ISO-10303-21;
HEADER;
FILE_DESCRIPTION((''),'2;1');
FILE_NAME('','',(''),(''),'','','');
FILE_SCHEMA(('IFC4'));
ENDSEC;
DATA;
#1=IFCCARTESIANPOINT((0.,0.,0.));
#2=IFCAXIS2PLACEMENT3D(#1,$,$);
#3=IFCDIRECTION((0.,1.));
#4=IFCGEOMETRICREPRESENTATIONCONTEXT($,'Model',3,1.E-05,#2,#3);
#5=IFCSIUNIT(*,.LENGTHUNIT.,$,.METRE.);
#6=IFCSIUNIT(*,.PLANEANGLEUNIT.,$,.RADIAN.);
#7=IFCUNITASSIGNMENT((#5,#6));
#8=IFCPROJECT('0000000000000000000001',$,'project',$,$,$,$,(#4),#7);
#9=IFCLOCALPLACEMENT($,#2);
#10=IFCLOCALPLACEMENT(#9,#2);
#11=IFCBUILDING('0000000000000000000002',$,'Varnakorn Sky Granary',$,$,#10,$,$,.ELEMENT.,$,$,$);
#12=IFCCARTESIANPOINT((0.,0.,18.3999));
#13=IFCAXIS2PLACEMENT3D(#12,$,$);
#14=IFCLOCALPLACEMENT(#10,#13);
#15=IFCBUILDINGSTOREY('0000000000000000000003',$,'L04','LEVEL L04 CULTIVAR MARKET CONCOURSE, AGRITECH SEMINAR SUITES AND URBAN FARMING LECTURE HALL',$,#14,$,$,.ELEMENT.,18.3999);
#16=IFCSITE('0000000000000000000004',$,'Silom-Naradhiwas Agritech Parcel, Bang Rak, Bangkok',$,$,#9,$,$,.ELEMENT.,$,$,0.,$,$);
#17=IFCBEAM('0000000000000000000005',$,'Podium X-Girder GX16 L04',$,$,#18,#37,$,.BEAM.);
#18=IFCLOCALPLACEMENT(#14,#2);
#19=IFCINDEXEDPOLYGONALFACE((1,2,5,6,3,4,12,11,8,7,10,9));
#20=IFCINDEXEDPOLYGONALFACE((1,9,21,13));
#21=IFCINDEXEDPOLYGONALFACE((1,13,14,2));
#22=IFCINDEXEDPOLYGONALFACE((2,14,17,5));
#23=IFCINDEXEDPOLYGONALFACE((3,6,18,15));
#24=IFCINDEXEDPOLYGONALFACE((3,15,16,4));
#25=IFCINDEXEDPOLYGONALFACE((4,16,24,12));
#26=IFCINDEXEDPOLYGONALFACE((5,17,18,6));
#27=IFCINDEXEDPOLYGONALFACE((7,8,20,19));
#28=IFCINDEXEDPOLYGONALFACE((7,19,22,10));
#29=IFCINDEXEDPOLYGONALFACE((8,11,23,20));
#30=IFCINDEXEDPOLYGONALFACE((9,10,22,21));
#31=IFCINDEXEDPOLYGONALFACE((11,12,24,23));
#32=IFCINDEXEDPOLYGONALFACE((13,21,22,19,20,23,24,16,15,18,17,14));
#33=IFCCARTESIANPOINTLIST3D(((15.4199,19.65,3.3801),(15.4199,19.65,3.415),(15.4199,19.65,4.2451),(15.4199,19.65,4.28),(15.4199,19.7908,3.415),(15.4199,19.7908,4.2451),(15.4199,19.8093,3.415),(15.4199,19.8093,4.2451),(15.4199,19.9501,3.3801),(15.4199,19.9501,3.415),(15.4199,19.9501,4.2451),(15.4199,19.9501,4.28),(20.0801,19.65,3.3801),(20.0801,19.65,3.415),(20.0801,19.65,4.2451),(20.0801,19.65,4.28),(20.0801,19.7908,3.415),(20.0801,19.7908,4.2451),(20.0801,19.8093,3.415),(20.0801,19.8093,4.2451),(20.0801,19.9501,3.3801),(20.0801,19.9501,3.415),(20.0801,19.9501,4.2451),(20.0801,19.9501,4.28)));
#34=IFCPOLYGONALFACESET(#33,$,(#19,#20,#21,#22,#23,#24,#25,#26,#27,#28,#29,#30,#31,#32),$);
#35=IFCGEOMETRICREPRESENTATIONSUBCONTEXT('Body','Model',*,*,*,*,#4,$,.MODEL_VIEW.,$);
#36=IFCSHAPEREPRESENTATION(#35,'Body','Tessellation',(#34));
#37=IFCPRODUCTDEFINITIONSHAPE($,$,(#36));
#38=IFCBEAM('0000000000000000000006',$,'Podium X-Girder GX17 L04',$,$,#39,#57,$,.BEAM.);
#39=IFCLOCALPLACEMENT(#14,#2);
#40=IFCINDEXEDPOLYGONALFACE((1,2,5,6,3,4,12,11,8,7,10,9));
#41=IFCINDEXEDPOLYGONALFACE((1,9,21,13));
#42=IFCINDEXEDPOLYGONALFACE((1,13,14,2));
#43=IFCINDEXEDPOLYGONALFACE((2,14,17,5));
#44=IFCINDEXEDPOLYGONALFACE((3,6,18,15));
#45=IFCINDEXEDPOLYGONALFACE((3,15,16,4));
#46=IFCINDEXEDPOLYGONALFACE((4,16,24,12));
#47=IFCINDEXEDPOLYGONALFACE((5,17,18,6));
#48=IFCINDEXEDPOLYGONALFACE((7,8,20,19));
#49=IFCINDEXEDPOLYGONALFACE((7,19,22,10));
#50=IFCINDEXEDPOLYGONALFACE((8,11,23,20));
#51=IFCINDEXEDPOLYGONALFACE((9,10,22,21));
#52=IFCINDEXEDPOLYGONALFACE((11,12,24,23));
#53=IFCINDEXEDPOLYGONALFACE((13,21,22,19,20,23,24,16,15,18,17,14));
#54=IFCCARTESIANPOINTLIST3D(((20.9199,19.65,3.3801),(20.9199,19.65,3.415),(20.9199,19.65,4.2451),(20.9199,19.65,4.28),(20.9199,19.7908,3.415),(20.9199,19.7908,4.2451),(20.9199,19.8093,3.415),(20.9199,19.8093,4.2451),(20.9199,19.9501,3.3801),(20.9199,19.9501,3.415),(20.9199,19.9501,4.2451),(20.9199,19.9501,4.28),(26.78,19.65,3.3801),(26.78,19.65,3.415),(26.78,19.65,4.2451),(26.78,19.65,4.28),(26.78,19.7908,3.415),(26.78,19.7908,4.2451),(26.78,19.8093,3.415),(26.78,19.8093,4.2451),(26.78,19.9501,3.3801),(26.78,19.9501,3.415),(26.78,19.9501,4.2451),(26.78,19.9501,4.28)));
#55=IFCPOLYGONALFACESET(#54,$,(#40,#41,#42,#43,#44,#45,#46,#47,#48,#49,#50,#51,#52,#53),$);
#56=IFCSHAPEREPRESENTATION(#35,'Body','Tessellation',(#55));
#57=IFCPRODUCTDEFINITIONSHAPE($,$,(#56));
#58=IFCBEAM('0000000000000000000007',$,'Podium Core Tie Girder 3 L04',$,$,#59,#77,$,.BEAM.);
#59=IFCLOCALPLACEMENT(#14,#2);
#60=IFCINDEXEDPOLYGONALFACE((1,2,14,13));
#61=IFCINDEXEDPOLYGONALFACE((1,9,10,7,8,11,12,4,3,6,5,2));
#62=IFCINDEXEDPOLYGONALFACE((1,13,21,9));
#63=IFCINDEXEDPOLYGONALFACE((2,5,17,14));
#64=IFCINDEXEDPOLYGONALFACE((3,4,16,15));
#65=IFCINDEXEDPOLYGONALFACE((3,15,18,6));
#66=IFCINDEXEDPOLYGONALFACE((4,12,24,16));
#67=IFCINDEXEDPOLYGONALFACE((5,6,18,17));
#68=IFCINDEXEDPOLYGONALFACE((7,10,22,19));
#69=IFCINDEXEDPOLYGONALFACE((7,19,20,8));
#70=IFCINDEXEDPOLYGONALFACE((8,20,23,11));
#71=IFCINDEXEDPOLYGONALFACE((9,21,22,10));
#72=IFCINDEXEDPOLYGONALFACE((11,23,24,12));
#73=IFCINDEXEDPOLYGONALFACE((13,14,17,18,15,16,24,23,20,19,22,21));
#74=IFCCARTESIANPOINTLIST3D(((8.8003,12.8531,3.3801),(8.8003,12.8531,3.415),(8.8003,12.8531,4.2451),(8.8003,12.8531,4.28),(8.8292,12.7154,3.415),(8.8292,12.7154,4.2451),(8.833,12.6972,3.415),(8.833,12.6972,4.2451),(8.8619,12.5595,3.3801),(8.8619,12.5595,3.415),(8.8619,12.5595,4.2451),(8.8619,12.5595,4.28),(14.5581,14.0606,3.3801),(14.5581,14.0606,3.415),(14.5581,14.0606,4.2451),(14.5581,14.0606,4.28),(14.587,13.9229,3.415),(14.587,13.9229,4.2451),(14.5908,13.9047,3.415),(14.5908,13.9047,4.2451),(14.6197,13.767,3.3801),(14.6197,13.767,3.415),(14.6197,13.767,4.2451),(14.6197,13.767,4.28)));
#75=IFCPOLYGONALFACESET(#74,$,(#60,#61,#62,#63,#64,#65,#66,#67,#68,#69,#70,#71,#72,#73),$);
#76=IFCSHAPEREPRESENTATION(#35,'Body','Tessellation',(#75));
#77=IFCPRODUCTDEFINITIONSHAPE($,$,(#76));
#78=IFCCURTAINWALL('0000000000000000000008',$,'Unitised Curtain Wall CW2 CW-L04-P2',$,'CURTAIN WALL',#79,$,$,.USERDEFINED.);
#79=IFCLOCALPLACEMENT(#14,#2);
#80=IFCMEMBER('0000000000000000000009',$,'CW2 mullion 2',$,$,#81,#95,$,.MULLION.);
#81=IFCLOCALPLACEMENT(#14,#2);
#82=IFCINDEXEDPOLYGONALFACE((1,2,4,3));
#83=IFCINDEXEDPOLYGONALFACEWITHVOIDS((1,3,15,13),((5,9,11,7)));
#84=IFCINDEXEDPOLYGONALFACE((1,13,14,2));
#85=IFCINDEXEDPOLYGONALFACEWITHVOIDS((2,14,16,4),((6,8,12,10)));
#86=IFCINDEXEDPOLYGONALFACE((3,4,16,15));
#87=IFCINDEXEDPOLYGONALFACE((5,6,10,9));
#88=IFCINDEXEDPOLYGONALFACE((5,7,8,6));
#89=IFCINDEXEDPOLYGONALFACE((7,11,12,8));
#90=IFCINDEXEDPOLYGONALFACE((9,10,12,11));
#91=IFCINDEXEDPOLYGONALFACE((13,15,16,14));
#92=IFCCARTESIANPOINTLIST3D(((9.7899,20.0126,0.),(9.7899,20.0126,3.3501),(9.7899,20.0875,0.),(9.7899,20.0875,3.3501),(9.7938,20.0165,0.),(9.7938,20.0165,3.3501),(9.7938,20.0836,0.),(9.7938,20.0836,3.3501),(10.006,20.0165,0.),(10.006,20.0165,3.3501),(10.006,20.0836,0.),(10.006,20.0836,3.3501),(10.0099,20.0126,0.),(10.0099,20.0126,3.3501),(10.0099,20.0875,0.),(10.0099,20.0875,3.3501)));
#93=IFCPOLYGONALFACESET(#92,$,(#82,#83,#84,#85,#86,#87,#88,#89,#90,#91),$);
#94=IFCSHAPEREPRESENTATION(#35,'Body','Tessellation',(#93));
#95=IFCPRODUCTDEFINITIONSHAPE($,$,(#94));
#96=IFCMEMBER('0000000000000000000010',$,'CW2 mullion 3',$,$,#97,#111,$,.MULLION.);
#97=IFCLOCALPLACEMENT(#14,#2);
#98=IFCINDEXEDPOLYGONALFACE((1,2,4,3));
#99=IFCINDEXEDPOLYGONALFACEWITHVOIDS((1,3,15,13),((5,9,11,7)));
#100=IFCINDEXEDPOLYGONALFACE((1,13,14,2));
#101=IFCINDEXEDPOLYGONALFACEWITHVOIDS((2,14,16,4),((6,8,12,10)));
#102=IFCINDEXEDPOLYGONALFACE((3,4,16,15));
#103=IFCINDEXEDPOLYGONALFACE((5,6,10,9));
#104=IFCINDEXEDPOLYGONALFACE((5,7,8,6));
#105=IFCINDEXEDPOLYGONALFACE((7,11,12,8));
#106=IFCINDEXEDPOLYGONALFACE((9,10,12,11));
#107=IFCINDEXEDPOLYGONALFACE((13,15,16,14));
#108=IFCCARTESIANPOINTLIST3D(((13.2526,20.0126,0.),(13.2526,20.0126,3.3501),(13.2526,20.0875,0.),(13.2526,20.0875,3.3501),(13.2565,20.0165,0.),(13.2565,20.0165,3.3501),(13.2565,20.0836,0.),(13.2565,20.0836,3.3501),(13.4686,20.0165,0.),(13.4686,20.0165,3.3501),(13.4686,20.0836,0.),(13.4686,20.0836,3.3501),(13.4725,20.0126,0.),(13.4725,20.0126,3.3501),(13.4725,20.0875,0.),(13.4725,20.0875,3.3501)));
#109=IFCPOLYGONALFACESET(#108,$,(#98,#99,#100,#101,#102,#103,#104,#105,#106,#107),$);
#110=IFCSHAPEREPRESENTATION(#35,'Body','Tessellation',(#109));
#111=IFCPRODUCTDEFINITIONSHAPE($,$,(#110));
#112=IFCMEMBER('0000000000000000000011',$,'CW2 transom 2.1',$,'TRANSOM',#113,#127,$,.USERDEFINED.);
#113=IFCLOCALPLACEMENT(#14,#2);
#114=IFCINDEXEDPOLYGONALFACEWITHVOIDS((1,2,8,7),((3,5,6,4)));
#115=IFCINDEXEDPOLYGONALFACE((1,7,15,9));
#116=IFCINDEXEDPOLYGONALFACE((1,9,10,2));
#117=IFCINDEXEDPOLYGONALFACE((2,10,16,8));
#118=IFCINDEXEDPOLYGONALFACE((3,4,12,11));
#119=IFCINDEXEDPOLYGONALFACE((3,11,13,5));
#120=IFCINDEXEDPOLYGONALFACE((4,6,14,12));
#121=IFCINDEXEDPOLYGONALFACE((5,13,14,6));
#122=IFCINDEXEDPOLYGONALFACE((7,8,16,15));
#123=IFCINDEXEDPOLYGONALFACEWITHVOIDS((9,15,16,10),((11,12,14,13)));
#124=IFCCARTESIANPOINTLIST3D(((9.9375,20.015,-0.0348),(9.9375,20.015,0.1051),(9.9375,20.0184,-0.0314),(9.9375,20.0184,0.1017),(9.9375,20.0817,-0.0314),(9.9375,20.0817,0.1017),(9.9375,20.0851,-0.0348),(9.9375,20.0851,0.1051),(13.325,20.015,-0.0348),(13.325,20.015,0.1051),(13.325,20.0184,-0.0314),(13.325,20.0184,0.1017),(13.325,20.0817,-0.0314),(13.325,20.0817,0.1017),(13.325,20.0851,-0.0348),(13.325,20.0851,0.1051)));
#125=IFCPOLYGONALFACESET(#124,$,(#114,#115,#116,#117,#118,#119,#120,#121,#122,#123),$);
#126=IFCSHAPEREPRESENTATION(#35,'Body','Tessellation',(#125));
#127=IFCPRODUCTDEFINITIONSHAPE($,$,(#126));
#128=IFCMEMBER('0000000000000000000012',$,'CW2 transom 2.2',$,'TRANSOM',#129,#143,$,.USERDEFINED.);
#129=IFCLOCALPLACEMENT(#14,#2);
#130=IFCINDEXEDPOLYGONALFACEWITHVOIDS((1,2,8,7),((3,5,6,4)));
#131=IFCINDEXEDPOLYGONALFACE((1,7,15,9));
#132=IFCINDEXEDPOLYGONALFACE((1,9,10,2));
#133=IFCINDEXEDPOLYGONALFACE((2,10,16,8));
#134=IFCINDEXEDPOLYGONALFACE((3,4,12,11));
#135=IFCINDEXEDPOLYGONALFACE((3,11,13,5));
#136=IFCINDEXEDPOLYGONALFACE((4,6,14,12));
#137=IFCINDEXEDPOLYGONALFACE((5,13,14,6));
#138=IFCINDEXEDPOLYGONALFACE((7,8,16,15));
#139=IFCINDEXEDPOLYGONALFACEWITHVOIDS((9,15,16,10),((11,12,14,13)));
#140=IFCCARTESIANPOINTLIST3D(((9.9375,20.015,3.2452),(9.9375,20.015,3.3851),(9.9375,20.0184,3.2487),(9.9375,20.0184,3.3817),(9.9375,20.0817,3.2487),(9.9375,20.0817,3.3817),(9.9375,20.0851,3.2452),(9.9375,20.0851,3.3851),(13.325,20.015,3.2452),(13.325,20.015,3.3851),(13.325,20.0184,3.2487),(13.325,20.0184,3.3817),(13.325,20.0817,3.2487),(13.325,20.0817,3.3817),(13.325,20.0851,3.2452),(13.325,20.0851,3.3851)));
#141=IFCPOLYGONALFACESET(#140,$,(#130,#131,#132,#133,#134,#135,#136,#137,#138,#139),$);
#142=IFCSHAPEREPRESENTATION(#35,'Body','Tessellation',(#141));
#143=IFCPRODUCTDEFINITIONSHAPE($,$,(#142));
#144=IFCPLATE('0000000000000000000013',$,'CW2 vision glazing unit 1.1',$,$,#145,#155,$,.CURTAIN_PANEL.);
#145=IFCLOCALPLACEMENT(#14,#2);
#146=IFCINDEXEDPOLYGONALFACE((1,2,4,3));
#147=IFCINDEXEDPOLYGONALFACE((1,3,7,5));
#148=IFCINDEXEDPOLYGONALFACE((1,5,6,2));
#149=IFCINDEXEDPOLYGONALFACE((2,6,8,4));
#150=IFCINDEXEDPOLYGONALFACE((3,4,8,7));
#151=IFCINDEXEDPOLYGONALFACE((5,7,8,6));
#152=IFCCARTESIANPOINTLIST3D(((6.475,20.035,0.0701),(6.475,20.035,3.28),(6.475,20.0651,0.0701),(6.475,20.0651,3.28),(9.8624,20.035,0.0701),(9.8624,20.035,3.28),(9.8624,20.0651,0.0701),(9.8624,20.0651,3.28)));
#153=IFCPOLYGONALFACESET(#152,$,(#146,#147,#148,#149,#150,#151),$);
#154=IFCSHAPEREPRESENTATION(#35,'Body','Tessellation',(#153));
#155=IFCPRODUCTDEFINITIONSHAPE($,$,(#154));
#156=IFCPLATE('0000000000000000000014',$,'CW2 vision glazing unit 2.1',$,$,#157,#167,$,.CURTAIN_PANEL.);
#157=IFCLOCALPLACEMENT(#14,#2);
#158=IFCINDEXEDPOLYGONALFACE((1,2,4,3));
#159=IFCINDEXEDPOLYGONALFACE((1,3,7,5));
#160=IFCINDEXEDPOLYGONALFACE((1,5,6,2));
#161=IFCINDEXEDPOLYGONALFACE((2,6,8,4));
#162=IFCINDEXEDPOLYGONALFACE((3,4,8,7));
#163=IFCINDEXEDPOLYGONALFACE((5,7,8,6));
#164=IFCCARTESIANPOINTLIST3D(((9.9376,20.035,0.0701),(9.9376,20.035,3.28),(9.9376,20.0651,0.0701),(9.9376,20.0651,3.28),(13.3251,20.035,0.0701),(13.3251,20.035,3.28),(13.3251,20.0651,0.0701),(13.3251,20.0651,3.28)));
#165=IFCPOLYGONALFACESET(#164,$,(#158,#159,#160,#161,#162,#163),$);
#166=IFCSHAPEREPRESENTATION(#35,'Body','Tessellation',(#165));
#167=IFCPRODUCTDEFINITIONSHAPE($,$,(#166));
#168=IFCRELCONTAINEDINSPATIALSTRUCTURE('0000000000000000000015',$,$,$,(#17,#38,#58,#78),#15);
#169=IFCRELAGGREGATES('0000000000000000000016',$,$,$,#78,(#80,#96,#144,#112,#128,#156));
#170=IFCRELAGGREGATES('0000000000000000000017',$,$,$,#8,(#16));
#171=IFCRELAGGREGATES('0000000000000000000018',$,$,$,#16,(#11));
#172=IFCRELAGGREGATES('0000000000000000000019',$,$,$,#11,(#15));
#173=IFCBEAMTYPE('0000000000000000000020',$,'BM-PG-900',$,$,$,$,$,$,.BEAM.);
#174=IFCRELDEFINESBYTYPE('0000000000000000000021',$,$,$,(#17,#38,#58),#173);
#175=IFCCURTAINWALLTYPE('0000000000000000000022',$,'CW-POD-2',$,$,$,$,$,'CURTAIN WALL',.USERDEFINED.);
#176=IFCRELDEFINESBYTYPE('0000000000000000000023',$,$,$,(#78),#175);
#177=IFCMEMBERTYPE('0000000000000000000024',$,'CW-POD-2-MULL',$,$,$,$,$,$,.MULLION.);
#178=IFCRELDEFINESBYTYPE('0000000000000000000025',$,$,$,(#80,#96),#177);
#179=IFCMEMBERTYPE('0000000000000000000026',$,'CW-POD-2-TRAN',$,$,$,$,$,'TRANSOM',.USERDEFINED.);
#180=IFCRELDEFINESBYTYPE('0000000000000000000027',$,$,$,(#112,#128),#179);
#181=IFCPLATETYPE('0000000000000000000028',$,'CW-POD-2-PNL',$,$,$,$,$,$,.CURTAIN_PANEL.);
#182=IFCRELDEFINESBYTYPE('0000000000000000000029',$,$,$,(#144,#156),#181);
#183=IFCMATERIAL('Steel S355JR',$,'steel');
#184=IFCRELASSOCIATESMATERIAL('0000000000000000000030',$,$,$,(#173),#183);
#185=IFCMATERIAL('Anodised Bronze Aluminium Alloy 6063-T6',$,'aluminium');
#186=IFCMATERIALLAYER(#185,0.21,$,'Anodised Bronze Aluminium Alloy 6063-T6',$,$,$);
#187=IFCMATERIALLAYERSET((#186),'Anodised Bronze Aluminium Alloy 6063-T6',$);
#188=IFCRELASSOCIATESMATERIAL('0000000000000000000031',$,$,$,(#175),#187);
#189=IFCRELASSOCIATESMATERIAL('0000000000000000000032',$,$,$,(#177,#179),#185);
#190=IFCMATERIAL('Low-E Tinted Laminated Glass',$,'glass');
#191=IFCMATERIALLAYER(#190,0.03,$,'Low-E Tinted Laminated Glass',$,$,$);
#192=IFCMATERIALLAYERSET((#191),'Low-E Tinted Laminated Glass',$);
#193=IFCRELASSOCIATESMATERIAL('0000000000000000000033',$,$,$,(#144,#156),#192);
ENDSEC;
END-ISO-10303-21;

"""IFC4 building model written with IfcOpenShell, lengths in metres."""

from ifc_helpers import new_model, si_unit, direction, frame, origin, origin_2d, place, context, subcontext, project, spatial, rectangle, hollow_rectangle, i_section, extrude, source, transform, mapped, material, layer, layer_set, material_profile, profile_set, type_object, type_shapes, element, aggregate, save


model = new_model("IFC4")

# Units and contexts
model_context = context("Model", 3, precision=1e-05, world=origin(), true_north=direction((0.0, 1.0)))
body_context = subcontext(model_context, "Body", "Model", "MODEL_VIEW")
ifc_project = project(units=[si_unit("LENGTHUNIT", "METRE"), si_unit("PLANEANGLEUNIT", "RADIAN")], contexts=[model_context])

# Site, building, storey
site_placement = place(None, origin())
site = spatial("IfcSite", under=ifc_project, at=site_placement, Name="Silom-Naradhiwas Agritech Parcel, Bang Rak, Bangkok", CompositionType="ELEMENT", RefElevation=0.0)
building_placement = place(site_placement, origin())
building = spatial("IfcBuilding", under=site, at=building_placement, Name="Varnakorn Sky Granary", CompositionType="ELEMENT")
storey_placement = place(building_placement, frame((0.0, 0.0, 18.3999)))
storey = spatial("IfcBuildingStorey", under=building, at=storey_placement, Name="L04", Description="LEVEL L04 CULTIVAR MARKET CONCOURSE, AGRITECH SEMINAR SUITES AND URBAN FARMING LECTURE HALL", CompositionType="ELEMENT", Elevation=18.3999)

# Beams
ifc_material_1 = material(Name="Steel S355JR", Category="steel")
ifc_material_profile_1 = material_profile(ifc_material_1, i_section(OverallWidth=0.3, OverallDepth=0.8999, WebThickness=0.0186, FlangeThickness=0.0349, at=origin_2d()), Name="HE 900 B")
ifc_profile_set_1 = profile_set([ifc_material_profile_1], Name="Steel S355JR")
beam_type_1 = type_object("IfcBeamType", Name="BM-PG-900", PredefinedType="BEAM", material=ifc_profile_set_1)
beam_1_placement = place(storey_placement, frame((15.4199, 19.8, 3.8301), z_axis=(1.0, 0.0, 0.0), x_axis=(0.0, 1.0, 0.0)))
element("IfcBeam", 1, at=beam_1_placement, inside=storey, type_object=beam_type_1, Name="Podium X-Girder GX16 L04", PredefinedType="BEAM", context=body_context, shape_type="SweptSolid", body=[
    extrude(i_section(OverallWidth=0.3, OverallDepth=0.8999, WebThickness=0.0186, FlangeThickness=0.0349, at=origin_2d()), origin(), (0.0, 0.0, 1.0), 4.6602),
])
beam_2_placement = place(storey_placement, frame((20.9199, 19.8, 3.8301), z_axis=(1.0, 0.0, 0.0), x_axis=(0.0, 1.0, 0.0)))
element("IfcBeam", 2, at=beam_2_placement, inside=storey, type_object=beam_type_1, Name="Podium X-Girder GX17 L04", PredefinedType="BEAM", context=body_context, shape_type="SweptSolid", body=[
    extrude(i_section(OverallWidth=0.3, OverallDepth=0.8999, WebThickness=0.0186, FlangeThickness=0.0349, at=origin_2d()), origin(), (0.0, 0.0, 1.0), 5.8601),
])
beam_3_placement = place(storey_placement, frame((14.5889, 13.9138, 3.8301), z_axis=(-0.978709, -0.205253, 0.0), x_axis=(0.205253, -0.978709, 0.0)))
element("IfcBeam", 3, at=beam_3_placement, inside=storey, type_object=beam_type_1, Name="Podium Core Tie Girder 3 L04", PredefinedType="BEAM", context=body_context, shape_type="SweptSolid", body=[
    extrude(i_section(OverallWidth=0.3, OverallDepth=0.8999, WebThickness=0.0186, FlangeThickness=0.0349, at=origin_2d()), origin(), (0.0, 0.0, 1.0), 5.8831),
])

# Curtain wall, members, plates
ifc_material_2 = material(Name="Anodised Bronze Aluminium Alloy 6063-T6", Category="aluminium")
ifc_layer_1 = layer(ifc_material_2, 0.21, Name="Anodised Bronze Aluminium Alloy 6063-T6")
ifc_layer_set_1 = layer_set([ifc_layer_1], Name="Anodised Bronze Aluminium Alloy 6063-T6")
curtain_wall_type = type_object("IfcCurtainWallType", Name="CW-POD-2", ElementType="CURTAIN WALL", PredefinedType="USERDEFINED", material=ifc_layer_set_1)
curtain_wall_placement = place(storey_placement, origin())
curtain_wall = element("IfcCurtainWall", 4, at=curtain_wall_placement, inside=storey, type_object=curtain_wall_type, Name="Unitised Curtain Wall CW2 CW-L04-P2", ObjectType="CURTAIN WALL", PredefinedType="USERDEFINED")
ifc_material_profile_2 = material_profile(ifc_material_2, hollow_rectangle(XDim=0.075, YDim=0.22, WallThickness=0.0039, at=origin_2d()), Name="ALU MULL 75x220")
ifc_profile_set_2 = profile_set([ifc_material_profile_2], Name="Anodised Bronze Aluminium Alloy 6063-T6")
member_type_1 = type_object("IfcMemberType", Name="CW-POD-2-MULL", PredefinedType="MULLION", material=ifc_profile_set_2)
member_1_placement = place(storey_placement, frame((9.8999, 20.05, 0.0), z_axis=(0.0, 0.0, 1.0), x_axis=(0.0, 1.0, 0.0)))
member_1 = element("IfcMember", 5, at=member_1_placement, type_object=member_type_1, Name="CW2 mullion 2", PredefinedType="MULLION", context=body_context, shape_type="SweptSolid", body=[
    extrude(hollow_rectangle(XDim=0.075, YDim=0.22, WallThickness=0.0039, at=origin_2d()), origin(), (0.0, 0.0, 1.0), 3.3501),
])
member_2_placement = place(storey_placement, frame((13.3625, 20.05, 0.0), z_axis=(0.0, 0.0, 1.0), x_axis=(0.0, 1.0, 0.0)))
member_2 = element("IfcMember", 6, at=member_2_placement, type_object=member_type_1, Name="CW2 mullion 3", PredefinedType="MULLION", context=body_context, shape_type="SweptSolid", body=[
    extrude(hollow_rectangle(XDim=0.075, YDim=0.22, WallThickness=0.0039, at=origin_2d()), origin(), (0.0, 0.0, 1.0), 3.3501),
])
ifc_material_profile_3 = material_profile(ifc_material_2, hollow_rectangle(XDim=0.0701, YDim=0.1399, WallThickness=0.0034, at=origin_2d()), Name="ALU TRAN 70x140")
ifc_profile_set_3 = profile_set([ifc_material_profile_3], Name="Anodised Bronze Aluminium Alloy 6063-T6")
member_type_2 = type_object("IfcMemberType", Name="CW-POD-2-TRAN", ElementType="TRANSOM", PredefinedType="USERDEFINED", material=ifc_profile_set_3)
member_3_placement = place(storey_placement, frame((9.9375, 20.05, 0.0352), z_axis=(1.0, 0.0, 0.0), x_axis=(0.0, 1.0, 0.0)))
member_3 = element("IfcMember", 7, at=member_3_placement, type_object=member_type_2, Name="CW2 transom 2.1", ObjectType="TRANSOM", PredefinedType="USERDEFINED", context=body_context, shape_type="SweptSolid", body=[
    extrude(hollow_rectangle(XDim=0.0701, YDim=0.1399, WallThickness=0.0034, at=origin_2d()), origin(), (0.0, 0.0, 1.0), 3.3875),
])
member_4_placement = place(storey_placement, frame((9.9375, 20.05, 3.3152), z_axis=(1.0, 0.0, 0.0), x_axis=(0.0, 1.0, 0.0)))
member_4 = element("IfcMember", 8, at=member_4_placement, type_object=member_type_2, Name="CW2 transom 2.2", ObjectType="TRANSOM", PredefinedType="USERDEFINED", context=body_context, shape_type="SweptSolid", body=[
    extrude(hollow_rectangle(XDim=0.0701, YDim=0.1399, WallThickness=0.0034, at=origin_2d()), origin(), (0.0, 0.0, 1.0), 3.3875),
])
ifc_material_3 = material(Name="Low-E Tinted Laminated Glass", Category="glass")
ifc_layer_2 = layer(ifc_material_3, 0.03, Name="Low-E Tinted Laminated Glass")
ifc_layer_set_2 = layer_set([ifc_layer_2], Name="Low-E Tinted Laminated Glass")
plate_type = type_object("IfcPlateType", Name="CW-POD-2-PNL", PredefinedType="CURTAIN_PANEL")
shared_shape = source(origin(), body_context, "Body", "SweptSolid", [
    extrude(rectangle(XDim=3.3875, YDim=0.03, at=origin_2d()), origin(), (0.0, 0.0, 1.0), 3.21),
])
type_shapes(plate_type, [shared_shape])
plate_1_placement = place(storey_placement, frame((8.1687, 20.05, 0.0701), z_axis=(0.0, 0.0, 1.0), x_axis=(1.0, 0.0, 0.0)))
plate_1 = element("IfcPlate", 9, at=plate_1_placement, type_object=plate_type, material=ifc_layer_set_2, Name="CW2 vision glazing unit 1.1", PredefinedType="CURTAIN_PANEL", context=body_context, shape_type="MappedRepresentation", body=[
    mapped(shared_shape, transform((0.0, 0.0, 0.0), x_axis=(1.0, 0.0, 0.0), y_axis=(0.0, 1.0, 0.0), z_axis=(0.0, 0.0, 1.0), scale=1.0)),
])
plate_2_placement = place(storey_placement, frame((11.6313, 20.05, 0.0701), z_axis=(0.0, 0.0, 1.0), x_axis=(1.0, 0.0, 0.0)))
plate_2 = element("IfcPlate", 10, at=plate_2_placement, type_object=plate_type, material=ifc_layer_set_2, Name="CW2 vision glazing unit 2.1", PredefinedType="CURTAIN_PANEL", context=body_context, shape_type="MappedRepresentation", body=[
    mapped(shared_shape, transform((0.0, 0.0, 0.0), x_axis=(1.0, 0.0, 0.0), y_axis=(0.0, 1.0, 0.0), z_axis=(0.0, 0.0, 1.0), scale=1.0)),
])
aggregate(curtain_wall, [member_1, member_2, plate_1, member_3, member_4, plate_2])

save(model, "model.ifc")
